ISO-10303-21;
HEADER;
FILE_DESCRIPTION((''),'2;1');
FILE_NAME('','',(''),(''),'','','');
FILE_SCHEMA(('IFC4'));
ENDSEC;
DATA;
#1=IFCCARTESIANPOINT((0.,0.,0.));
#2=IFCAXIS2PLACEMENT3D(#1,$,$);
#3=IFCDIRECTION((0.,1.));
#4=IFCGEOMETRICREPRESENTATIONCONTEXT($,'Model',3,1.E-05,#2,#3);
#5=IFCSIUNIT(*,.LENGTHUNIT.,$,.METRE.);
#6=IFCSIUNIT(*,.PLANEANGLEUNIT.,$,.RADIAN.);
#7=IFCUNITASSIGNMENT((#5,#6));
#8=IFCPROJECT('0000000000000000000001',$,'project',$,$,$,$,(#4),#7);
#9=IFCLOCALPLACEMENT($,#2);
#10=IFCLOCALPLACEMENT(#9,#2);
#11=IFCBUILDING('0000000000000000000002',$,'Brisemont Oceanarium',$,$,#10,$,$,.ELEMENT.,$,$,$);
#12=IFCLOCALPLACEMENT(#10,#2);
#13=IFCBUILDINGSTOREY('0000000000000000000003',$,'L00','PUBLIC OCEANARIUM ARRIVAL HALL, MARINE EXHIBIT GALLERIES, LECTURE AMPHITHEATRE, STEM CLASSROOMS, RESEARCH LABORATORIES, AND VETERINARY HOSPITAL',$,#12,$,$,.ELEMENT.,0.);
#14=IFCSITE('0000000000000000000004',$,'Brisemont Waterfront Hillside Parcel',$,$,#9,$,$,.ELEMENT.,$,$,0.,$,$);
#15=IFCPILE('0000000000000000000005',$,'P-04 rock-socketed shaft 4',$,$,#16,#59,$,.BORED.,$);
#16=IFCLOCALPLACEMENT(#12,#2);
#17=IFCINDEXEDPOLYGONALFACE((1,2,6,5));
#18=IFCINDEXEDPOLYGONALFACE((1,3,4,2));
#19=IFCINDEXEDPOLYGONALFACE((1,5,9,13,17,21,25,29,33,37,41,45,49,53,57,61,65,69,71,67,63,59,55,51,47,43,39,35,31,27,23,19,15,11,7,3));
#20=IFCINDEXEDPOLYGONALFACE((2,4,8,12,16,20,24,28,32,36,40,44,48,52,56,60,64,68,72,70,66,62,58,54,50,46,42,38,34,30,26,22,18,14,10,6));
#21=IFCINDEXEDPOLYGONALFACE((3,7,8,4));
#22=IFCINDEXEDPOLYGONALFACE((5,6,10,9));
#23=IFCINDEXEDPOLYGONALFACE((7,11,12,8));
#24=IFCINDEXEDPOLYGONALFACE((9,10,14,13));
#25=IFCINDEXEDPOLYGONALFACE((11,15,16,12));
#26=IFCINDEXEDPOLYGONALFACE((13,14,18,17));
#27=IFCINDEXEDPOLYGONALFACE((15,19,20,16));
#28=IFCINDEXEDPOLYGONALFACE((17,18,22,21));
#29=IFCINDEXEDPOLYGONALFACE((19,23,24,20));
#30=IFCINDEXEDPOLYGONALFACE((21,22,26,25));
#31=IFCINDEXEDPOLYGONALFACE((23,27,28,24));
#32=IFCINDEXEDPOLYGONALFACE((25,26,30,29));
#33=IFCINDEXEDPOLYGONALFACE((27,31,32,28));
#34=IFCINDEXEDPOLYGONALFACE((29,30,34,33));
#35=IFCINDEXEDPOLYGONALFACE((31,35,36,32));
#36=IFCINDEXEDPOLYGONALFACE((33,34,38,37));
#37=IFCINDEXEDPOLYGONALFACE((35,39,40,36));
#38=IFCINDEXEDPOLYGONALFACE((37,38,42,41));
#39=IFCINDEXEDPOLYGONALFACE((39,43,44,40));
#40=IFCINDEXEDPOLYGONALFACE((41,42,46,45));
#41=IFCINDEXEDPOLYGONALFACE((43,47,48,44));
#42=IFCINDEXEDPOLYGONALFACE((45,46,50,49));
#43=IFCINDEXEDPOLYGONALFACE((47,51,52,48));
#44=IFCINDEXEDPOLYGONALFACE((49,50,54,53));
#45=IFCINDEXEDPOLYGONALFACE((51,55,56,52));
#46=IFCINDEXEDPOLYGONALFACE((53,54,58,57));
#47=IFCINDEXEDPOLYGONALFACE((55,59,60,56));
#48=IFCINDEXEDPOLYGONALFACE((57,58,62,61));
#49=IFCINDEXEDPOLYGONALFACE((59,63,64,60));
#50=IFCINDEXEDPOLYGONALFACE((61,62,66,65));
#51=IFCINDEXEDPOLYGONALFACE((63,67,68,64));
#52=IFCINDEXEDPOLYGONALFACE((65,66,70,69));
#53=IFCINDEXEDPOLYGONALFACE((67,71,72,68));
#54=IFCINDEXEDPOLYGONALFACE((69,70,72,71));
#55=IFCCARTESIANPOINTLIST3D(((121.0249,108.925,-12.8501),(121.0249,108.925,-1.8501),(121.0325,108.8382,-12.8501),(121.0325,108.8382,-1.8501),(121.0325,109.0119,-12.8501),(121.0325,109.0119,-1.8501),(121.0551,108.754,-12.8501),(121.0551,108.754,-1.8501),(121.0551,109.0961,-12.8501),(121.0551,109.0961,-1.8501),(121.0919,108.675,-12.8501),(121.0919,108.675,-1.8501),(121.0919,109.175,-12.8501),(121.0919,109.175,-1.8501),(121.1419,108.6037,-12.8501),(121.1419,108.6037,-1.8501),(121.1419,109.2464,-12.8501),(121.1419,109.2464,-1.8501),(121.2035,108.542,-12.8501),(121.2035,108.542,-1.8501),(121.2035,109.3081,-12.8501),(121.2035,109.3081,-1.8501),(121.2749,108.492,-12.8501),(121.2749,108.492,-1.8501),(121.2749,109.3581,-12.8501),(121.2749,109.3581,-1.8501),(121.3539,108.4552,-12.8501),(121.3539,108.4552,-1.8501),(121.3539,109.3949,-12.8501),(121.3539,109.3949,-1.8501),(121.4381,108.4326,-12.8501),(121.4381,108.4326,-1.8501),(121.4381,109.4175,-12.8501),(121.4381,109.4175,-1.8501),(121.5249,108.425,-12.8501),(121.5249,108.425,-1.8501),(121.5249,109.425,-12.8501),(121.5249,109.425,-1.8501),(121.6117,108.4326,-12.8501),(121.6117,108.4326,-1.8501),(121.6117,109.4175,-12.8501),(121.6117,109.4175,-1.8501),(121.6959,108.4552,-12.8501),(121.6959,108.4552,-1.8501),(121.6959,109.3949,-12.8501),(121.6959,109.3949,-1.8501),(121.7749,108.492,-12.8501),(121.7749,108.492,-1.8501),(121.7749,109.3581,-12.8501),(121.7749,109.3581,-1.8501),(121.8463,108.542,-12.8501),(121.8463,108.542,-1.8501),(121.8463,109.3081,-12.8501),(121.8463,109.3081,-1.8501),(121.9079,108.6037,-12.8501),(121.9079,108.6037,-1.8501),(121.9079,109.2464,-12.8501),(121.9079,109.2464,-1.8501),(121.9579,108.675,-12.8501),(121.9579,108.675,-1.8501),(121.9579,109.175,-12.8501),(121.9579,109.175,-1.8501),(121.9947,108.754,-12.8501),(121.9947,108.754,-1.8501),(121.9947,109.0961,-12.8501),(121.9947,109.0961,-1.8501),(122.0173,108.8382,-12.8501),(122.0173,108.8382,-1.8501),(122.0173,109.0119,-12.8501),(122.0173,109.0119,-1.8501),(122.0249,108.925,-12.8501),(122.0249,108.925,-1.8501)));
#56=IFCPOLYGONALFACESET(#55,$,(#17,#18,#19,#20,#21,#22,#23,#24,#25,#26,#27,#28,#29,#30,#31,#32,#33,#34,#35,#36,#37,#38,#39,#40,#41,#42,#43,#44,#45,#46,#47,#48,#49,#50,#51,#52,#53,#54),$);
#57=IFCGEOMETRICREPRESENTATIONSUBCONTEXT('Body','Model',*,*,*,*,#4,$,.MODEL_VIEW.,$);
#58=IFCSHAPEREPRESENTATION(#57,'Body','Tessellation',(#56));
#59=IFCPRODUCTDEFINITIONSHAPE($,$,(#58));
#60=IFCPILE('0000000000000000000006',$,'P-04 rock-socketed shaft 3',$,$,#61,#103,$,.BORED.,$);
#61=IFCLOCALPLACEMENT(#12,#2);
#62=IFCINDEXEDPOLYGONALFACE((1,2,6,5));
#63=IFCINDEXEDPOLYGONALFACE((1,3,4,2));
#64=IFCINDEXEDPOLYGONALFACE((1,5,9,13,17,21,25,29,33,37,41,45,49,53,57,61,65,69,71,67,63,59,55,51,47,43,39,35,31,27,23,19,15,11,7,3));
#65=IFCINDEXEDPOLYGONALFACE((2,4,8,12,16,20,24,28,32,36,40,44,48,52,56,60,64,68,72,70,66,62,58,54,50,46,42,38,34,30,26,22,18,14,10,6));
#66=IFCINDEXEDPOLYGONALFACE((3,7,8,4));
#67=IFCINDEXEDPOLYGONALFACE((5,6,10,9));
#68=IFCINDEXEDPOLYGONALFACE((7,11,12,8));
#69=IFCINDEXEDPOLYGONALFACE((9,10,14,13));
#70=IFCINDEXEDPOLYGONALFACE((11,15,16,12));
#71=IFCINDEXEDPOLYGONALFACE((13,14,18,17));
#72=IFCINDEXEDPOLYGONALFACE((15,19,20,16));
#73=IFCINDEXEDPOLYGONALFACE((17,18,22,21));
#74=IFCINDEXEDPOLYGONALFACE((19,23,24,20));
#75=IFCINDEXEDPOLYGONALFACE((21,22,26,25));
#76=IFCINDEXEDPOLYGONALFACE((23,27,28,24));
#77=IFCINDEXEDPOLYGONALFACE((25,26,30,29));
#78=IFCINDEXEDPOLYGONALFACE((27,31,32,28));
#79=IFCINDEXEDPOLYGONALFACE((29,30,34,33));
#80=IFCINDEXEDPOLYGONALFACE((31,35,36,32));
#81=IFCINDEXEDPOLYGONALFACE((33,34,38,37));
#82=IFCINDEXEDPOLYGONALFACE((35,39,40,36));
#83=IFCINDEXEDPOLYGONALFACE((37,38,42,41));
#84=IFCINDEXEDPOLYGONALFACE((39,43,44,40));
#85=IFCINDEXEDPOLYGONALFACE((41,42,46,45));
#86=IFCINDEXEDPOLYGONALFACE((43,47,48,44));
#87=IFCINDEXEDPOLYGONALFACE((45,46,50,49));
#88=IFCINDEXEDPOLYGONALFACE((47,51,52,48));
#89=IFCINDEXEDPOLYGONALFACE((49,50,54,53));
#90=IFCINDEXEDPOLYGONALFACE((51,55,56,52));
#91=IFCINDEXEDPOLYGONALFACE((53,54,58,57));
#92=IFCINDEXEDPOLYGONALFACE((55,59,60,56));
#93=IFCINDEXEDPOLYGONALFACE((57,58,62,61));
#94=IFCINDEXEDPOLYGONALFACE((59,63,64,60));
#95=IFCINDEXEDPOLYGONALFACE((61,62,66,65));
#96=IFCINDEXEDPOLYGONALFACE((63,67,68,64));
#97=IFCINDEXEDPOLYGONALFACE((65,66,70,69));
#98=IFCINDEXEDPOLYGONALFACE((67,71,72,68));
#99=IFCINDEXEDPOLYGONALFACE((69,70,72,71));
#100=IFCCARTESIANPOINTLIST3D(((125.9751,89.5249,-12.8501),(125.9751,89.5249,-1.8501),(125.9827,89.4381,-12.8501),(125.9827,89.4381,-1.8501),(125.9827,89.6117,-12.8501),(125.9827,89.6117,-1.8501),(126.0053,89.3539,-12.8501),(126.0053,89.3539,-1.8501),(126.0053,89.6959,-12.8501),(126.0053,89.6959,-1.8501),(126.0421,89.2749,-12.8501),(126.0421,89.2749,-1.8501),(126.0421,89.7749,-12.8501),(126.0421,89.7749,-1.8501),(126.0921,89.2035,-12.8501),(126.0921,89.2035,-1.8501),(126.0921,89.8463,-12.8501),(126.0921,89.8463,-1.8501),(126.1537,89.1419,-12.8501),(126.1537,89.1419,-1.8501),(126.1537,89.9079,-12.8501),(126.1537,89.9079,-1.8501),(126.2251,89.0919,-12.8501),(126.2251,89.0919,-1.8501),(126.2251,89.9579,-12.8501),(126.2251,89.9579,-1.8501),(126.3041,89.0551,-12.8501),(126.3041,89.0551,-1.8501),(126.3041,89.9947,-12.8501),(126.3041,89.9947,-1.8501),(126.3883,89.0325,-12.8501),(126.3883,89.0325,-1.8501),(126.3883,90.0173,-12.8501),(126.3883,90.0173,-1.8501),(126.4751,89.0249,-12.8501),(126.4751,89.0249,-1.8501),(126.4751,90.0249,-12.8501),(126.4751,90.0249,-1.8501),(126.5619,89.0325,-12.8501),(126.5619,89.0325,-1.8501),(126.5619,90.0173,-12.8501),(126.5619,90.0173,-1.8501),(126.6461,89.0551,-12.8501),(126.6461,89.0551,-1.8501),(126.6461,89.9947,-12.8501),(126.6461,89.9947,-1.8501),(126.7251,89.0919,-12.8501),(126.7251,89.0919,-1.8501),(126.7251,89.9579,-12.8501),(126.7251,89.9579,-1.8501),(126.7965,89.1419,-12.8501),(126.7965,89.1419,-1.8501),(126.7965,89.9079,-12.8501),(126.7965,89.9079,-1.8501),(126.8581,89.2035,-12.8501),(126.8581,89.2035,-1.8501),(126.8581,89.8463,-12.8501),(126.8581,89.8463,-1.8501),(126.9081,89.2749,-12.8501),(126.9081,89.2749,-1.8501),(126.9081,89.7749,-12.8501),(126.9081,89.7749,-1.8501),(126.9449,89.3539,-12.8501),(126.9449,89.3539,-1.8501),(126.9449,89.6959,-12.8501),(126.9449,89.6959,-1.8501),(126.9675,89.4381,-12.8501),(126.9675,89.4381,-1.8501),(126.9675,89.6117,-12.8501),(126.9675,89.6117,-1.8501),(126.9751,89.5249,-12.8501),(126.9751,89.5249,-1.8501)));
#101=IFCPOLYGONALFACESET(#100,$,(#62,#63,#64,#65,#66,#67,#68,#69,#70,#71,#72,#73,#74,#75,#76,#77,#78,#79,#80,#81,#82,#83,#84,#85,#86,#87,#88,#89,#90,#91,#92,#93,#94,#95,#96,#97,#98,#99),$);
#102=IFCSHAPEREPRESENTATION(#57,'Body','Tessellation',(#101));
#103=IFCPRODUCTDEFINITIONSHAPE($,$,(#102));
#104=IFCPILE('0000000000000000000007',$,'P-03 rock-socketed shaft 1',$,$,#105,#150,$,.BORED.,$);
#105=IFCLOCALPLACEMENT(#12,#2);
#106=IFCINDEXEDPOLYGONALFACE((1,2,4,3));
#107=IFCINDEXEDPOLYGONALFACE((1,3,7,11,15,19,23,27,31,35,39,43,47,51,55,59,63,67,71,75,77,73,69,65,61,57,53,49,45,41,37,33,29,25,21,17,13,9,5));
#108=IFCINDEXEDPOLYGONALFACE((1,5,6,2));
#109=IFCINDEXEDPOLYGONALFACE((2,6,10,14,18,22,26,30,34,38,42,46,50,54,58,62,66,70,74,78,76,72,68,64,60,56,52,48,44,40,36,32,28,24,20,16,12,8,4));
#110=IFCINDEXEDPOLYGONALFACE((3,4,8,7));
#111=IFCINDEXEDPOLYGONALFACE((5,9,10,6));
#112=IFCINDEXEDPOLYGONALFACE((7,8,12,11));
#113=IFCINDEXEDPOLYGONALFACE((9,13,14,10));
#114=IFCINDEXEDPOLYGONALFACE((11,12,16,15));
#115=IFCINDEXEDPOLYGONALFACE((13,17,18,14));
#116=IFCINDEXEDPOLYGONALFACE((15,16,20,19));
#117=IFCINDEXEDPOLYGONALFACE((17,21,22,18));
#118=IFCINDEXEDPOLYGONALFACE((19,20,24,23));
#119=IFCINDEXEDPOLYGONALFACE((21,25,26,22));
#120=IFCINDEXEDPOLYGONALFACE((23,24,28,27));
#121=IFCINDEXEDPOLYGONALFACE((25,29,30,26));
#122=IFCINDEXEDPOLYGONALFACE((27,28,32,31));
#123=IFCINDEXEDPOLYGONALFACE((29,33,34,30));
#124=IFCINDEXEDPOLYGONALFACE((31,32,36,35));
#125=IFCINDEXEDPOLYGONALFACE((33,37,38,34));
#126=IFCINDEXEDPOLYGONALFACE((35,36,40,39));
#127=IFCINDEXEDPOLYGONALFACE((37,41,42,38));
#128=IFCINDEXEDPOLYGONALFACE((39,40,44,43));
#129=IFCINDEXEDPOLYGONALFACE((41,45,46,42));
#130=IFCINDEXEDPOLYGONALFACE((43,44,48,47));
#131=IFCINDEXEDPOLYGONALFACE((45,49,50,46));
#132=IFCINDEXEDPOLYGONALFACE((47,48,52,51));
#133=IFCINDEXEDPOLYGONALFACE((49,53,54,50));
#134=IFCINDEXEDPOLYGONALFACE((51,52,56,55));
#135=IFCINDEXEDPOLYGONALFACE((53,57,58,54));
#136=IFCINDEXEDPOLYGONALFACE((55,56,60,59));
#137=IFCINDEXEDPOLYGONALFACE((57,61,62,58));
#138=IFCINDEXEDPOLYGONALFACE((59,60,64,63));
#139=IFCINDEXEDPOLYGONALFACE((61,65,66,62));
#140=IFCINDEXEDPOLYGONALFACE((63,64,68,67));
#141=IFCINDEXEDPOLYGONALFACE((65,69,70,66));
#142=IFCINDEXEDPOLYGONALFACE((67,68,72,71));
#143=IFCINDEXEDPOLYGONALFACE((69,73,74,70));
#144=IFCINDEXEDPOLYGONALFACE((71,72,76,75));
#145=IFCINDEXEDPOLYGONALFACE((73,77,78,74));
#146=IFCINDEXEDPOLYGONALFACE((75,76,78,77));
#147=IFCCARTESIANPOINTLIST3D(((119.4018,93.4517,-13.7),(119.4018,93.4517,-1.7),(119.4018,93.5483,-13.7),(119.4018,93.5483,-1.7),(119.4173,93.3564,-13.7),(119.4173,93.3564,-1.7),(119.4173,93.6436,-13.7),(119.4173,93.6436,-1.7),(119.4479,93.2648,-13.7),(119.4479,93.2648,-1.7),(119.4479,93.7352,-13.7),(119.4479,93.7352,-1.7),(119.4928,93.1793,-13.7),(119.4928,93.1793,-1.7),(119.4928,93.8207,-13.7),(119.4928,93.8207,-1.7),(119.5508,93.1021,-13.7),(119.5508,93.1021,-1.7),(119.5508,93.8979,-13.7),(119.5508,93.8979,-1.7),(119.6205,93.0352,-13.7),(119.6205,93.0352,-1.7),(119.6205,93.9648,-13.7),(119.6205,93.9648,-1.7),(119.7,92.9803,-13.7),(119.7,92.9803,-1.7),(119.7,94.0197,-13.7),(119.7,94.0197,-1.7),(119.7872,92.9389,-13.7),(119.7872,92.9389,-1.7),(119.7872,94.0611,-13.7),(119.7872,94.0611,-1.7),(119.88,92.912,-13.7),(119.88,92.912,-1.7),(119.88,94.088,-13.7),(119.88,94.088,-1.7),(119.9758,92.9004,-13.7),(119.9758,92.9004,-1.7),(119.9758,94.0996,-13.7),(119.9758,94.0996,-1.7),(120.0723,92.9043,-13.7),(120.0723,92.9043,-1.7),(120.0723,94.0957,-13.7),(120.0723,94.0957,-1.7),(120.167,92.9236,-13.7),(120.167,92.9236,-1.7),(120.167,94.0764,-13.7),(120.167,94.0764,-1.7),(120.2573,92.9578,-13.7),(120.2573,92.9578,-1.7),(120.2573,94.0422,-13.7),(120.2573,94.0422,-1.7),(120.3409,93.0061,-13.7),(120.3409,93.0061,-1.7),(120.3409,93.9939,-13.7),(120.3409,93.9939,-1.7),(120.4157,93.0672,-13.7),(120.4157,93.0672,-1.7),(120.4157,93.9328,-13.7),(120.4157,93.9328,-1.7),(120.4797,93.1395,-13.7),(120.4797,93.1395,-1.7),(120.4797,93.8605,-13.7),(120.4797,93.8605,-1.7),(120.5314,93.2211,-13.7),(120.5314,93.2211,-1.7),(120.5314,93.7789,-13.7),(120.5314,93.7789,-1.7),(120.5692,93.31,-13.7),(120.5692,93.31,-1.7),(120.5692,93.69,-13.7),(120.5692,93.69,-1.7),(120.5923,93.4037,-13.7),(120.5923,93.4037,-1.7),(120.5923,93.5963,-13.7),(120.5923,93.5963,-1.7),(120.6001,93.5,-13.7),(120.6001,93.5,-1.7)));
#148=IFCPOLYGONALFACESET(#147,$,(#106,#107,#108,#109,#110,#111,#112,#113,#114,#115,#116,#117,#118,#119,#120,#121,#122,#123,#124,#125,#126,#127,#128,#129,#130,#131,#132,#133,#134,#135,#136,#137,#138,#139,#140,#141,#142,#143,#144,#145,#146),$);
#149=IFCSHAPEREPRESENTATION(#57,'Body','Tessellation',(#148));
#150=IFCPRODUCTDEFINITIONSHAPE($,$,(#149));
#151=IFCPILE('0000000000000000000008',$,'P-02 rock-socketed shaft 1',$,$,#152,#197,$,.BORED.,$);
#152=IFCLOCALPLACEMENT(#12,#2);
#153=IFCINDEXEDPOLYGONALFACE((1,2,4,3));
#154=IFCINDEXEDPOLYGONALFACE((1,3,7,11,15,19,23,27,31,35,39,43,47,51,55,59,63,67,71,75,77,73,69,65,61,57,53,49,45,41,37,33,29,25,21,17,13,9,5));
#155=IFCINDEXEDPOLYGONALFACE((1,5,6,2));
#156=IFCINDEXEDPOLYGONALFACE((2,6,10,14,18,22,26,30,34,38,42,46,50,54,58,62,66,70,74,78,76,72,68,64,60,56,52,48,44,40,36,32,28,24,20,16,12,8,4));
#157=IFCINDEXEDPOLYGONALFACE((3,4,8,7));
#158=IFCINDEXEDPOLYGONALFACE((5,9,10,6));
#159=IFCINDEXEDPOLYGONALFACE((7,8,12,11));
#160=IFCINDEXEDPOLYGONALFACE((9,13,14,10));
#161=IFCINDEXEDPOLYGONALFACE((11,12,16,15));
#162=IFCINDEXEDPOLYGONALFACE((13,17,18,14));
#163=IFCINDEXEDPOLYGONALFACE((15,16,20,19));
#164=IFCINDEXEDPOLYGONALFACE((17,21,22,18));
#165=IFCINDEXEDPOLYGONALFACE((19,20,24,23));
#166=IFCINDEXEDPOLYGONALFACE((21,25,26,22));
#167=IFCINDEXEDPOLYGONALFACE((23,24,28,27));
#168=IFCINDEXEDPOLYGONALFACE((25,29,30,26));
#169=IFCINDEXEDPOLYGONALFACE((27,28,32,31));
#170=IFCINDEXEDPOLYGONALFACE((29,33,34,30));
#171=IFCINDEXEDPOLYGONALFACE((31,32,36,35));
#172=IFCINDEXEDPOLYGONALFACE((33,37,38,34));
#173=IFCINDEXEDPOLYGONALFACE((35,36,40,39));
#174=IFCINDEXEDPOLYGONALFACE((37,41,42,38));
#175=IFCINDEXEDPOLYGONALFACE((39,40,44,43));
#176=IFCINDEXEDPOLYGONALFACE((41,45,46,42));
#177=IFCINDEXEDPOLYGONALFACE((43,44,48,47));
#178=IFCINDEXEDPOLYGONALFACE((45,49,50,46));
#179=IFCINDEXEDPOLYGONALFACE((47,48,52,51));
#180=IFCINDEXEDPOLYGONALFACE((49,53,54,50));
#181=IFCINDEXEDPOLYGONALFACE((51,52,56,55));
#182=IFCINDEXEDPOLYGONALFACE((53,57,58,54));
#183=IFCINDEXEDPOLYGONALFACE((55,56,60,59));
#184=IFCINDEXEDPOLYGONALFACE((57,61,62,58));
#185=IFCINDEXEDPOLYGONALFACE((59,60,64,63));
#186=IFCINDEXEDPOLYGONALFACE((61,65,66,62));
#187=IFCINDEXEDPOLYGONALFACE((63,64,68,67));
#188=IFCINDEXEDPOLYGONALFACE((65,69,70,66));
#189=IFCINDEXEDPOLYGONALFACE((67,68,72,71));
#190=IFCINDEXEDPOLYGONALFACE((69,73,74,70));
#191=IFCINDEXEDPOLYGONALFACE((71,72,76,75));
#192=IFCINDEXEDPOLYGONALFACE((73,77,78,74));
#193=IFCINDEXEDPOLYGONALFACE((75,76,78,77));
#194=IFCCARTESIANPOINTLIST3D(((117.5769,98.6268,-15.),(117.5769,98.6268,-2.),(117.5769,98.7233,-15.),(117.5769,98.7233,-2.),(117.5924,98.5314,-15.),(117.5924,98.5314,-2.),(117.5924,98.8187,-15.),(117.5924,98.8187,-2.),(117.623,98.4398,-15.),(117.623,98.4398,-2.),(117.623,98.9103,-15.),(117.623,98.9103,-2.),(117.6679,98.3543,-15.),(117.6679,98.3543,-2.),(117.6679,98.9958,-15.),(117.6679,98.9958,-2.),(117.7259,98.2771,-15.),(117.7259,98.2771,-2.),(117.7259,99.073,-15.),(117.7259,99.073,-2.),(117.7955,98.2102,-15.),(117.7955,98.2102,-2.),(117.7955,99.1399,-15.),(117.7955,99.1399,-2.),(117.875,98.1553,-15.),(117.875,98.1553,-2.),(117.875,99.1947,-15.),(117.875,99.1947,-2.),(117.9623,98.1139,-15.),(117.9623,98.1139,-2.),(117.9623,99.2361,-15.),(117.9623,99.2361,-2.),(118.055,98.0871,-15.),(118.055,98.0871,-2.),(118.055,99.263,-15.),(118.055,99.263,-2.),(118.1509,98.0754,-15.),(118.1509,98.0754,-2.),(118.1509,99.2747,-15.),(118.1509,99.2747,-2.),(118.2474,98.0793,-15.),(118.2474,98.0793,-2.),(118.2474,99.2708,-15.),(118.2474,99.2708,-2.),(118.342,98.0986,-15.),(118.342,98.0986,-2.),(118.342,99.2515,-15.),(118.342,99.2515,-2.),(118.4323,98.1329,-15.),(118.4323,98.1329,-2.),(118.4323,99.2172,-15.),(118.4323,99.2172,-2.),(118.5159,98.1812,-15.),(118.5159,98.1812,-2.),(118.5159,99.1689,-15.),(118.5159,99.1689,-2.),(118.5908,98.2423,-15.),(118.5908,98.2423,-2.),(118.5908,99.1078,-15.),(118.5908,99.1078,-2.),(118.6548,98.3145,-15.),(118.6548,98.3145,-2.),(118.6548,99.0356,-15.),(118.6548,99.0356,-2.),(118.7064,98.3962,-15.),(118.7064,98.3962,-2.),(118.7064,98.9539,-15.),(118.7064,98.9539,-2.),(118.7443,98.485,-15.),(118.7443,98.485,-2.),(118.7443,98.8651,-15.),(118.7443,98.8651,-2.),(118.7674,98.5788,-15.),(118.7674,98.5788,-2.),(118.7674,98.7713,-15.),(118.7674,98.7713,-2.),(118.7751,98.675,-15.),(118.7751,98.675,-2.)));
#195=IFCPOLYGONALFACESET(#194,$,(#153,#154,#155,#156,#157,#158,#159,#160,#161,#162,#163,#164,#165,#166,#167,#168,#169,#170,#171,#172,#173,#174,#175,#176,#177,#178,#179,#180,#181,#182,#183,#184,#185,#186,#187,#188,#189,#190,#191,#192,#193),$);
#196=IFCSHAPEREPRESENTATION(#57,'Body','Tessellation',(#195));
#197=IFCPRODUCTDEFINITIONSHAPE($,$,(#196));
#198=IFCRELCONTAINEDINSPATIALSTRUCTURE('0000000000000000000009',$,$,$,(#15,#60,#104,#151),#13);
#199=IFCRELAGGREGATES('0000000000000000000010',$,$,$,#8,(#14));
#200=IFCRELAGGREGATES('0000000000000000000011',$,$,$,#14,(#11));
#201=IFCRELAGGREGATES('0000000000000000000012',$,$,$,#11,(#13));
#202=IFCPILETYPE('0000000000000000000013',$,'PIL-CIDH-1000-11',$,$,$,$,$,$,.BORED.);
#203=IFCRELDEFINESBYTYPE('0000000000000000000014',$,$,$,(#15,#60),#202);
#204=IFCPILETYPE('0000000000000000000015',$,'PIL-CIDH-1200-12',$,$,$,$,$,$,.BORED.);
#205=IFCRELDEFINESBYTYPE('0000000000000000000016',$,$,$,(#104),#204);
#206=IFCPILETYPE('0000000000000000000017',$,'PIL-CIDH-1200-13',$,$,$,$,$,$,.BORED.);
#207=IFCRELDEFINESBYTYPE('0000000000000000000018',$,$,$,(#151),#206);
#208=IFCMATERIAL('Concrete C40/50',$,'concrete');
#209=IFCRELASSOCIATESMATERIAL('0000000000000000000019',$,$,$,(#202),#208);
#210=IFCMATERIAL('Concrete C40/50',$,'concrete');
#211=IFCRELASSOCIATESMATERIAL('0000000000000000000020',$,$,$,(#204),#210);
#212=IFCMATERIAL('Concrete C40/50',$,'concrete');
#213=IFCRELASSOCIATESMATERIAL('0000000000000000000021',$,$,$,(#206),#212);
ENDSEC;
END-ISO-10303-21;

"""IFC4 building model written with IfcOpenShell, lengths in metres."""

from ifc_helpers import new_model, si_unit, direction, frame, origin, origin_2d, place, context, subcontext, project, spatial, circle, extrude, material, material_profile, profile_set, type_object, element, save


model = new_model("IFC4")

# Units and contexts
model_context = context("Model", 3, precision=1e-05, world=origin(), true_north=direction((0.0, 1.0)))
body_context = subcontext(model_context, "Body", "Model", "MODEL_VIEW")
ifc_project = project(units=[si_unit("LENGTHUNIT", "METRE"), si_unit("PLANEANGLEUNIT", "RADIAN")], contexts=[model_context])

# Site, building, storey
site_placement = place(None, origin())
site = spatial("IfcSite", under=ifc_project, at=site_placement, Name="Brisemont Waterfront Hillside Parcel", CompositionType="ELEMENT", RefElevation=0.0)
building_placement = place(site_placement, origin())
building = spatial("IfcBuilding", under=site, at=building_placement, Name="Brisemont Oceanarium", CompositionType="ELEMENT")
storey_placement = place(building_placement, origin())
storey = spatial("IfcBuildingStorey", under=building, at=storey_placement, Name="L00", Description="PUBLIC OCEANARIUM ARRIVAL HALL, MARINE EXHIBIT GALLERIES, LECTURE AMPHITHEATRE, STEM CLASSROOMS, RESEARCH LABORATORIES, AND VETERINARY HOSPITAL", CompositionType="ELEMENT", Elevation=0.0)

# Piles
ifc_material_1 = material(Name="Concrete C40/50", Category="concrete")
ifc_material_profile_1 = material_profile(ifc_material_1, circle(Radius=0.5, at=origin_2d()), Name="CIDH-D1000")
ifc_profile_set_1 = profile_set([ifc_material_profile_1], Name="Concrete C40/50")
pile_type_1 = type_object("IfcPileType", Name="PIL-CIDH-1000-11", PredefinedType="BORED", material=ifc_profile_set_1)
for number, where, z_axis, x_axis, name in (
    (1, (121.5249, 108.925, -1.8501), (0.0, 0.0, -1.0), (1.0, 0.0, 0.0), "P-04 rock-socketed shaft 4"),
    (2, (126.4751, 89.5249, -1.8501), (0.0, 0.0, -1.0), (1.0, 0.0, 0.0), "P-04 rock-socketed shaft 3"),
):
    element("IfcPile", number, at=place(storey_placement, frame(where, z_axis=z_axis, x_axis=x_axis)), inside=storey, type_object=pile_type_1, Name=name, PredefinedType="BORED", context=body_context, shape_type="SweptSolid", body=[
        extrude(circle(Radius=0.5, at=origin_2d()), origin(), (0.0, 0.0, 1.0), 11.0),
    ])
ifc_material_2 = material(Name="Concrete C40/50", Category="concrete")
ifc_material_profile_2 = material_profile(ifc_material_2, circle(Radius=0.6001, at=origin_2d()), Name="CIDH-D1200")
ifc_profile_set_2 = profile_set([ifc_material_profile_2], Name="Concrete C40/50")
pile_type_2 = type_object("IfcPileType", Name="PIL-CIDH-1200-12", PredefinedType="BORED", material=ifc_profile_set_2)
pile_placement = place(storey_placement, frame((120.0, 93.5, -1.7), z_axis=(0.0, 0.0, -1.0), x_axis=(1.0, 0.0, 0.0)))
element("IfcPile", 3, at=pile_placement, inside=storey, type_object=pile_type_2, Name="P-03 rock-socketed shaft 1", PredefinedType="BORED", context=body_context, shape_type="SweptSolid", body=[
    extrude(circle(Radius=0.6001, at=origin_2d()), origin(), (0.0, 0.0, 1.0), 12.0),
])
ifc_material_3 = material(Name="Concrete C40/50", Category="concrete")
ifc_material_profile_3 = material_profile(ifc_material_3, circle(Radius=0.6001, at=origin_2d()), Name="CIDH-D1200")
ifc_profile_set_3 = profile_set([ifc_material_profile_3], Name="Concrete C40/50")
pile_type_3 = type_object("IfcPileType", Name="PIL-CIDH-1200-13", PredefinedType="BORED", material=ifc_profile_set_3)
for number, where, z_axis, x_axis, name in (
    (4, (118.175, 98.675, -2.0), (0.0, 0.0, -1.0), (1.0, 0.0, 0.0), "P-02 rock-socketed shaft 1"),
):
    element("IfcPile", number, at=place(storey_placement, frame(where, z_axis=z_axis, x_axis=x_axis)), inside=storey, type_object=pile_type_3, Name=name, PredefinedType="BORED", context=body_context, shape_type="SweptSolid", body=[
        extrude(circle(Radius=0.6001, at=origin_2d()), origin(), (0.0, 0.0, 1.0), 13.0),
    ])

save(model, "model.ifc")
